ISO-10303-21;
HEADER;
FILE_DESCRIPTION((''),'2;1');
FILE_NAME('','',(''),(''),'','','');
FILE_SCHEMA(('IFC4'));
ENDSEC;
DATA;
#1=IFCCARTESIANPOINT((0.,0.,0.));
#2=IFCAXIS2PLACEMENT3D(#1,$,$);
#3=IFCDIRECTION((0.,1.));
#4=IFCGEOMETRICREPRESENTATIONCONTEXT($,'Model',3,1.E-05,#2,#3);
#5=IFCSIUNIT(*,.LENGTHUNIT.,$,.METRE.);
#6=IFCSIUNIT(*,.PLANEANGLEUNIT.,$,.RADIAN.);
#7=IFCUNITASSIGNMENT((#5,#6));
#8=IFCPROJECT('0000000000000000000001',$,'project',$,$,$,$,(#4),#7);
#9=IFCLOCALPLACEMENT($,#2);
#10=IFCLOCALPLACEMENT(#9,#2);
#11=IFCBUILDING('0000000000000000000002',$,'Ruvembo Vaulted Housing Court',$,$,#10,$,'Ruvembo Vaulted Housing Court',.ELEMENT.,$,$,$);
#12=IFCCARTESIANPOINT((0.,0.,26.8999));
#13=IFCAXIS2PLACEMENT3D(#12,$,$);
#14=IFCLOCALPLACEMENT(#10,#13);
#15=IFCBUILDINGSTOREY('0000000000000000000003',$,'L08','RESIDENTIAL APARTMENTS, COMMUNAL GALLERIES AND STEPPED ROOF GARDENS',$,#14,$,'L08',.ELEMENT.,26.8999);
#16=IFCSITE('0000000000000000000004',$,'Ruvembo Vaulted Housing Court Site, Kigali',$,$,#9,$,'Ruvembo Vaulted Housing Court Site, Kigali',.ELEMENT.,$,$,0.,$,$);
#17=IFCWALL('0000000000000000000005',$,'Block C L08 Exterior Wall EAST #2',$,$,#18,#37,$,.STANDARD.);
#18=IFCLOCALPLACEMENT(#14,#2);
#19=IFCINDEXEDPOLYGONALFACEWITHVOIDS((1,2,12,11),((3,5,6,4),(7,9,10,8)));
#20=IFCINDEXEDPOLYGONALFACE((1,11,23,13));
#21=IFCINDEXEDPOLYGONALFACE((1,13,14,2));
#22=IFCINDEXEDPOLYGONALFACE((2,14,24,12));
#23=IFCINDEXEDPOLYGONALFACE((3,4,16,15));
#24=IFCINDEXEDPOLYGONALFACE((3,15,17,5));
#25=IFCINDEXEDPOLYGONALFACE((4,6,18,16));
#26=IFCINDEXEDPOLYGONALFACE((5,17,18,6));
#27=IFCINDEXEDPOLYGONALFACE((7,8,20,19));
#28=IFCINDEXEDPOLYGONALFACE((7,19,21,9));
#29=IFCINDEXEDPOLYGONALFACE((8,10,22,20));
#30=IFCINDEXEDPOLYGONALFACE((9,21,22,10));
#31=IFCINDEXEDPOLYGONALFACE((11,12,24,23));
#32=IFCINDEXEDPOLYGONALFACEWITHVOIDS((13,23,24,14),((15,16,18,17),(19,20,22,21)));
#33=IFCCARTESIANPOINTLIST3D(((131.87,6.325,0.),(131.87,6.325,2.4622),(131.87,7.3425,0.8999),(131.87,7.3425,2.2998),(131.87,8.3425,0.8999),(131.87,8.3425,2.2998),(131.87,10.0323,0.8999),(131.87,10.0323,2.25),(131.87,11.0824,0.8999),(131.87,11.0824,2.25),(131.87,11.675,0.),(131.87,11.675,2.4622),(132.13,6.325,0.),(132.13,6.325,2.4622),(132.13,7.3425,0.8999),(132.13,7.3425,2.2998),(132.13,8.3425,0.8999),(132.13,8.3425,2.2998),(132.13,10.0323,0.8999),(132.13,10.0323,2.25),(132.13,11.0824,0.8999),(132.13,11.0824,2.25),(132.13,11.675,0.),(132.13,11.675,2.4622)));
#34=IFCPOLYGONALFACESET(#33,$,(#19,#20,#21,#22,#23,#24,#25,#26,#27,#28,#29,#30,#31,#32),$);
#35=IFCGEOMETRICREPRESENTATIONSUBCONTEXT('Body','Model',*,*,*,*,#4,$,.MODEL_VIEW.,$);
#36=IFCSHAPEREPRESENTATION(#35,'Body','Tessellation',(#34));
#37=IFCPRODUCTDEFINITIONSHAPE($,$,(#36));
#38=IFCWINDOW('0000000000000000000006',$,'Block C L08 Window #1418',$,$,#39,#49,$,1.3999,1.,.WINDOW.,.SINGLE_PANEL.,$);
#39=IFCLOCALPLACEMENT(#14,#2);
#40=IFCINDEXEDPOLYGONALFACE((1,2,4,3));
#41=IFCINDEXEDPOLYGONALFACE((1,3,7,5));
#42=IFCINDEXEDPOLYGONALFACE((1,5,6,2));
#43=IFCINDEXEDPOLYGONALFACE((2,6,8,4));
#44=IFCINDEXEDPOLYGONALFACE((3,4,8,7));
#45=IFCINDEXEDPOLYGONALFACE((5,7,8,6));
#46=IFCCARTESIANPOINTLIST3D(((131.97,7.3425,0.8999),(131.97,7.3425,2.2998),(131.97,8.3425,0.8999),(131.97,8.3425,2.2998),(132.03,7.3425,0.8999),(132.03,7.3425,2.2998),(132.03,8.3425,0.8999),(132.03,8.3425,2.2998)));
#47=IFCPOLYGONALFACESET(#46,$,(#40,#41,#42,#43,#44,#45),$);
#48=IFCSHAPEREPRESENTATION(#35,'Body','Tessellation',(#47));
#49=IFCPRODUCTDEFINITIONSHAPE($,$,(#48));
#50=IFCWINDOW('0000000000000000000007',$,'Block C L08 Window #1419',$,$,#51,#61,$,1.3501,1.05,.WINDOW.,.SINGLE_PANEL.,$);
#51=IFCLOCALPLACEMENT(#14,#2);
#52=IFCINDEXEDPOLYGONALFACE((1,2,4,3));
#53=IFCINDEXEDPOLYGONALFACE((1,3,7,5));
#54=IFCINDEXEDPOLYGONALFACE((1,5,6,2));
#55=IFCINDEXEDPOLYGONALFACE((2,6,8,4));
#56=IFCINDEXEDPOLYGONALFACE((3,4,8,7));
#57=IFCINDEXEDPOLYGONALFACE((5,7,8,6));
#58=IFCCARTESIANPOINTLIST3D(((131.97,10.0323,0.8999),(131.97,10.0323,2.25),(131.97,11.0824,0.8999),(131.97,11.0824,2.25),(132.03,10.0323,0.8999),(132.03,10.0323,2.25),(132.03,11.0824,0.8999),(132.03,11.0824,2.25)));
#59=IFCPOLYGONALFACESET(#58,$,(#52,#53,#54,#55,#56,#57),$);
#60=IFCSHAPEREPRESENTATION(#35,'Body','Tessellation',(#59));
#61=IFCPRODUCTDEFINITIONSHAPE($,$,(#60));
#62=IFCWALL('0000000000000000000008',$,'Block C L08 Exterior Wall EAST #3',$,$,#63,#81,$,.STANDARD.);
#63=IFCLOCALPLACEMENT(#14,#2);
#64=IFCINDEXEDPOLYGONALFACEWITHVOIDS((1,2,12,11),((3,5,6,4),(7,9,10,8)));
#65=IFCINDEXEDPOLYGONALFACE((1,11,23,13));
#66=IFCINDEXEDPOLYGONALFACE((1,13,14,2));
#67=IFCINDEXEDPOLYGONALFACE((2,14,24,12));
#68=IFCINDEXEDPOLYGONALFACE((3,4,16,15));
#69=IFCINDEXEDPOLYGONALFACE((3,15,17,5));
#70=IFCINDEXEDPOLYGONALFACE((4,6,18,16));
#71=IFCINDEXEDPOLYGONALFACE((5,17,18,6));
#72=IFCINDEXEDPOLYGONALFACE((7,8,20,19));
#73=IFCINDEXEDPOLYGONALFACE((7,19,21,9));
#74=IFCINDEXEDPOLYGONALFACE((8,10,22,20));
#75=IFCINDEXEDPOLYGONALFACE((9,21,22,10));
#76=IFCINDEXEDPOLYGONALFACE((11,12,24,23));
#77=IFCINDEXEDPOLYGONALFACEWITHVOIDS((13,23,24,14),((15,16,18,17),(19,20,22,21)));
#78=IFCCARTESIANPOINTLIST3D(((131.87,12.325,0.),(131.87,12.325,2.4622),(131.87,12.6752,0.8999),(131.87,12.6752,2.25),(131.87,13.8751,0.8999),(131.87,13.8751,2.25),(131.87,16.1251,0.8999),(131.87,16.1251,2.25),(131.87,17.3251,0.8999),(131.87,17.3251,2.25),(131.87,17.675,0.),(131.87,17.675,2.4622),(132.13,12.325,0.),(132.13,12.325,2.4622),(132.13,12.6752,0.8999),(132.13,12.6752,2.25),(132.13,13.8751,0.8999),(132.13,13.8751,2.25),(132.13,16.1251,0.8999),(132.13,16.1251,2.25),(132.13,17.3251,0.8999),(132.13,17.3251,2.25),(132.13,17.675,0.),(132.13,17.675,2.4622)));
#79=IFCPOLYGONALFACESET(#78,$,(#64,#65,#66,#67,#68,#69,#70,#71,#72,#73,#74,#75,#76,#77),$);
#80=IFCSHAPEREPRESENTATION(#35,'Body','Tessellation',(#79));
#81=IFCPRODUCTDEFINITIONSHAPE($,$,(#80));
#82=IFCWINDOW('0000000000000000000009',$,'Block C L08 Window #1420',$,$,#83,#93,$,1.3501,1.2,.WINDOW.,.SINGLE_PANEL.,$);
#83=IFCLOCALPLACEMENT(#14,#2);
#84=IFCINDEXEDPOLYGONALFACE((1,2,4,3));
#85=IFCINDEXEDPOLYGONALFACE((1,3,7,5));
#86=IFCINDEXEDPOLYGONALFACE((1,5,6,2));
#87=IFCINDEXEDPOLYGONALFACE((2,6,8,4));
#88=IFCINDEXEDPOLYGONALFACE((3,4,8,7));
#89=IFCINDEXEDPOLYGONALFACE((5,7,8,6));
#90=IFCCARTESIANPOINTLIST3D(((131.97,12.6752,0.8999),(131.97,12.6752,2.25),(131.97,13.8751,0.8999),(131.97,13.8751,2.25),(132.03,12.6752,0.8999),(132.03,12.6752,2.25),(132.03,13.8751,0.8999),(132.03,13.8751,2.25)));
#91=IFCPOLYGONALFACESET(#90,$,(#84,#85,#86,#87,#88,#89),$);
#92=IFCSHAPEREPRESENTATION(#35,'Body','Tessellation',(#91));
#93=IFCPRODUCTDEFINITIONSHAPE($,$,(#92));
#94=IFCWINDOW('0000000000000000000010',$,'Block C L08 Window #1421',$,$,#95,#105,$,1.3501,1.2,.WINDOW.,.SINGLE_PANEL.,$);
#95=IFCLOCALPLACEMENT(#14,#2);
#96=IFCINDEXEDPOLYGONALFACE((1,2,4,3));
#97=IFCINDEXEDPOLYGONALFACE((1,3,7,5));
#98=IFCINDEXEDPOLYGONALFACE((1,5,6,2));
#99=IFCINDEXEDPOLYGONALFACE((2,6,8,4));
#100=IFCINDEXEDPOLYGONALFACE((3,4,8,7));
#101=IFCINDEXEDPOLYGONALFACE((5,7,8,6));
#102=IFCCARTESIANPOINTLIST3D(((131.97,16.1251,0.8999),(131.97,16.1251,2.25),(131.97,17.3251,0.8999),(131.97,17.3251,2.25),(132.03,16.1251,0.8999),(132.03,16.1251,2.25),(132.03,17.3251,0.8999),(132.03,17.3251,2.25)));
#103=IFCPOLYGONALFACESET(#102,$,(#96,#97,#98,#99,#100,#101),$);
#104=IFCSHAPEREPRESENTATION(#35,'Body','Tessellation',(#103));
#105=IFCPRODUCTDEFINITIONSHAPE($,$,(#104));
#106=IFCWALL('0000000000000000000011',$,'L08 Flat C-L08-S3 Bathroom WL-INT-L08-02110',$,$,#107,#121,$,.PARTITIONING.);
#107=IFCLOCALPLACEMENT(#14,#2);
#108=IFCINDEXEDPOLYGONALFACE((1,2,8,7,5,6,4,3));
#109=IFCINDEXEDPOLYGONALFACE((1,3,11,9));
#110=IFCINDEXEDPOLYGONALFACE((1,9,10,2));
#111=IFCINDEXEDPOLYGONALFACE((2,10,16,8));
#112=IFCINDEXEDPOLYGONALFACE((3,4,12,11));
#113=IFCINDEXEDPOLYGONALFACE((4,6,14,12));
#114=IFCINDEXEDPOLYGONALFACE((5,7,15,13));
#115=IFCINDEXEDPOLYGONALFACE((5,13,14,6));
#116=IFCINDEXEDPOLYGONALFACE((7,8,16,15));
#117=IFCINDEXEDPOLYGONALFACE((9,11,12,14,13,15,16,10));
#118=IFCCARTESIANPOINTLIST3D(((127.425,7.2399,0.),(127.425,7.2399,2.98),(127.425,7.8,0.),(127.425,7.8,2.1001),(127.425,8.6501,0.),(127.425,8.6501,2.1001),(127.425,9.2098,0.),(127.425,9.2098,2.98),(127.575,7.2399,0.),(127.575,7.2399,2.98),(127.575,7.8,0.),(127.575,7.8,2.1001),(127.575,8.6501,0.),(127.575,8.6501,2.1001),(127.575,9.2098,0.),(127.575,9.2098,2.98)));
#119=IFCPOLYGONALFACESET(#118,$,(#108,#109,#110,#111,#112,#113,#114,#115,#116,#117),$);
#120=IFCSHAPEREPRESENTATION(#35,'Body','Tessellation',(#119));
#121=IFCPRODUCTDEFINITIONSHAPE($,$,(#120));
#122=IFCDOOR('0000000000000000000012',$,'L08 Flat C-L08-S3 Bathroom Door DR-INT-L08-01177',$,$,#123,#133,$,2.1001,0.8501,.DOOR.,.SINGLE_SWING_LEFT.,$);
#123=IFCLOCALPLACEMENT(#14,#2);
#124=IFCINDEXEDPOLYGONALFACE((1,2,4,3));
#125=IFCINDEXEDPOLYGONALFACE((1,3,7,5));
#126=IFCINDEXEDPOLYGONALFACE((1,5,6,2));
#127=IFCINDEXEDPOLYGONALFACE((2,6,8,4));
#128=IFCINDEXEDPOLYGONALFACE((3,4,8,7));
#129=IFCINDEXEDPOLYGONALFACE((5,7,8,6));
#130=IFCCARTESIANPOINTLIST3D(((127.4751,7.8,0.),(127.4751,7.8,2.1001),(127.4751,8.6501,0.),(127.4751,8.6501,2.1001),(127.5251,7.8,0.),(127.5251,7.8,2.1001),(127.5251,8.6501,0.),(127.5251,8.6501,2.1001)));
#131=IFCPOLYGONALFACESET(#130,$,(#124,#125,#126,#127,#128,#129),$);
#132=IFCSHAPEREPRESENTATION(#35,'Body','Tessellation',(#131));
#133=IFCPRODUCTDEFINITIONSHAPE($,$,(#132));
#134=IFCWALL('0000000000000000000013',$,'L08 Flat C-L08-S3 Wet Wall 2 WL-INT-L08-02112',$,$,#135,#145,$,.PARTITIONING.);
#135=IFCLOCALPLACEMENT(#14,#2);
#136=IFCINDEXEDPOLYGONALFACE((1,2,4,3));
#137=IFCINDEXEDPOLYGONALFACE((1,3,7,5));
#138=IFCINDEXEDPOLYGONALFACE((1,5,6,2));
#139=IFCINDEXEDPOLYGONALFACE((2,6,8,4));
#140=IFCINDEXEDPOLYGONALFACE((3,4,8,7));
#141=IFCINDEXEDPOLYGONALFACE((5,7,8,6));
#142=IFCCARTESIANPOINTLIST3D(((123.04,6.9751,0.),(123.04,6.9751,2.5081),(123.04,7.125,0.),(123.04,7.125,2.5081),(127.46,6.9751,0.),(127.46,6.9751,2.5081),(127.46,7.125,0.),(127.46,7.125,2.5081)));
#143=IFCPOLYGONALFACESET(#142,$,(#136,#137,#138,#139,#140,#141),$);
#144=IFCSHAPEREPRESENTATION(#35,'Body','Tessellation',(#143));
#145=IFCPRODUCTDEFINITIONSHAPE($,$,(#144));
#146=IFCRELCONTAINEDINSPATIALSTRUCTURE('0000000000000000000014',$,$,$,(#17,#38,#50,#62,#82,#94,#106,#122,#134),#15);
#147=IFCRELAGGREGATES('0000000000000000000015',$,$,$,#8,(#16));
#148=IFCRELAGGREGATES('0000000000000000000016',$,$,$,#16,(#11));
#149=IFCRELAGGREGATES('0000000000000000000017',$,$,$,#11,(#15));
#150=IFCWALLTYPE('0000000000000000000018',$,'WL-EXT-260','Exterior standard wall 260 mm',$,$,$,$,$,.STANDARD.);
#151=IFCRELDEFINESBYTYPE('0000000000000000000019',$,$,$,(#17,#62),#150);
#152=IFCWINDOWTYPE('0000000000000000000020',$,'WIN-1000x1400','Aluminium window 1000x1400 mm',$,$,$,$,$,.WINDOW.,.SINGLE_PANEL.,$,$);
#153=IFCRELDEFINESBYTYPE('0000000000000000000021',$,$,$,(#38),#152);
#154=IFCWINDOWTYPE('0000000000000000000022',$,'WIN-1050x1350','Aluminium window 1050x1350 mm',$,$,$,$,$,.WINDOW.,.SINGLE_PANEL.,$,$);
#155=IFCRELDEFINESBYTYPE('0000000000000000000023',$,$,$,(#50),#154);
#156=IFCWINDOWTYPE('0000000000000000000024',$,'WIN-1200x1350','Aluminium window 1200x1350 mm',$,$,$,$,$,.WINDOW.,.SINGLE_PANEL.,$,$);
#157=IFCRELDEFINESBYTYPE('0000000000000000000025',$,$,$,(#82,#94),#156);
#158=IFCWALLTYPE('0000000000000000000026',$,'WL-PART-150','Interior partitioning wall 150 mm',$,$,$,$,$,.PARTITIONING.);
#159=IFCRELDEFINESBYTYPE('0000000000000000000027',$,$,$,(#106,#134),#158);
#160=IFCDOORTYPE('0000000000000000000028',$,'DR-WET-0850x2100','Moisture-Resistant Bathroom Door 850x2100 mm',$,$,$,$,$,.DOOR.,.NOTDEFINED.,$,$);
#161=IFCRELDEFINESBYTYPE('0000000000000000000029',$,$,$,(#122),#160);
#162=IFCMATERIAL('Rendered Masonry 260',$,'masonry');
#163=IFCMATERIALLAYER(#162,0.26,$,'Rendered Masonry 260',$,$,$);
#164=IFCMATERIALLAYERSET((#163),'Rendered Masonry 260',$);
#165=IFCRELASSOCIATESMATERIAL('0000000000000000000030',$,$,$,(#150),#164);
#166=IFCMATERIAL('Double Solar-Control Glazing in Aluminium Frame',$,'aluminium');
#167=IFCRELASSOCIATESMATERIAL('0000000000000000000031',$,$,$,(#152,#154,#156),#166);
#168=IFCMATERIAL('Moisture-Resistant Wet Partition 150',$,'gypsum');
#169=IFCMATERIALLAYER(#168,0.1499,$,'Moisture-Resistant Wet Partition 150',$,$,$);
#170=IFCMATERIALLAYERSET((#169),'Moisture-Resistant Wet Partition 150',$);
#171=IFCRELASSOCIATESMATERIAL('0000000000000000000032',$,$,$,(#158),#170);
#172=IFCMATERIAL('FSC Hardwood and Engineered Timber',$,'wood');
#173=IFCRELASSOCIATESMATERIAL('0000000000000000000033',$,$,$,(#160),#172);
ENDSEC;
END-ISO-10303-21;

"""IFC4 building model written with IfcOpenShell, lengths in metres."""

from ifc_helpers import new_model, si_unit, direction, frame, frame_2d, origin, place, context, subcontext, project, spatial, rectangle, extrude, material, layer, layer_set, type_object, element, fill, save


model = new_model("IFC4")

# Units and contexts
model_context = context("Model", 3, precision=1e-05, world=origin(), true_north=direction((0.0, 1.0)))
body_context = subcontext(model_context, "Body", "Model", "MODEL_VIEW")
ifc_project = project(units=[si_unit("LENGTHUNIT", "METRE"), si_unit("PLANEANGLEUNIT", "RADIAN")], contexts=[model_context])

# Site, building, storey
site_placement = place(None, origin())
site = spatial("IfcSite", under=ifc_project, at=site_placement, Name="Ruvembo Vaulted Housing Court Site, Kigali", LongName="Ruvembo Vaulted Housing Court Site, Kigali", CompositionType="ELEMENT", RefElevation=0.0)
building_placement = place(site_placement, origin())
building = spatial("IfcBuilding", under=site, at=building_placement, Name="Ruvembo Vaulted Housing Court", LongName="Ruvembo Vaulted Housing Court", CompositionType="ELEMENT")
storey_placement = place(building_placement, frame((0.0, 0.0, 26.8999)))
storey = spatial("IfcBuildingStorey", under=building, at=storey_placement, Name="L08", Description="RESIDENTIAL APARTMENTS, COMMUNAL GALLERIES AND STEPPED ROOF GARDENS", LongName="L08", CompositionType="ELEMENT", Elevation=26.8999)

# Shared definitions
ifc_material_1 = material(Name="FSC Hardwood and Engineered Timber", Category="wood")

# Walls, openings, windows
ifc_material_2 = material(Name="Rendered Masonry 260", Category="masonry")
ifc_layer_1 = layer(ifc_material_2, 0.26, Name="Rendered Masonry 260")
ifc_layer_set_1 = layer_set([ifc_layer_1], Name="Rendered Masonry 260")
wall_type_1 = type_object("IfcWallType", Name="WL-EXT-260", Description="Exterior standard wall 260 mm", PredefinedType="STANDARD", material=ifc_layer_set_1)
wall_1_placement = place(storey_placement, frame((132.0, 6.325, 0.0), z_axis=(0.0, 0.0, 1.0), x_axis=(0.0, 1.0, 0.0)))
wall_1 = element("IfcWall", 1, at=wall_1_placement, inside=storey, type_object=wall_type_1, Name="Block C L08 Exterior Wall EAST #2", PredefinedType="STANDARD", context=body_context, shape_type="SweptSolid", body=[
    extrude(rectangle(XDim=5.3501, YDim=0.26, at=frame_2d((2.675, 0.0))), origin(), (0.0, 0.0, 1.0), 2.4622),
])
opening_1_placement = place(wall_1_placement, frame((1.0176, 0.0, 0.8999)))
opening_1 = element("IfcOpeningElement", 2, at=opening_1_placement, cuts=wall_1, PredefinedType="OPENING", context=body_context, shape_type="SweptSolid", body=[
    extrude(rectangle(XDim=1.0, YDim=1.3999, at=frame_2d((0.5, 0.7))), frame((0.0, 0.1399, 0.0), z_axis=(0.0, -1.0, 0.0), x_axis=(1.0, 0.0, 0.0)), (0.0, 0.0, 1.0), 0.28),
])
opening_2_placement = place(wall_1_placement, frame((3.7075, 0.0, 0.8999)))
opening_2 = element("IfcOpeningElement", 3, at=opening_2_placement, cuts=wall_1, PredefinedType="OPENING", context=body_context, shape_type="SweptSolid", body=[
    extrude(rectangle(XDim=1.05, YDim=1.3501, at=frame_2d((0.5249, 0.675))), frame((0.0, 0.1399, 0.0), z_axis=(0.0, -1.0, 0.0), x_axis=(1.0, 0.0, 0.0)), (0.0, 0.0, 1.0), 0.28),
])
ifc_material_3 = material(Name="Double Solar-Control Glazing in Aluminium Frame", Category="aluminium")
window_type_1 = type_object("IfcWindowType", Name="WIN-1000x1400", Description="Aluminium window 1000x1400 mm", PartitioningType="SINGLE_PANEL", PredefinedType="WINDOW", material=ifc_material_3)
window_1_placement = place(opening_1_placement, origin())
window_1 = element("IfcWindow", 4, at=window_1_placement, inside=storey, type_object=window_type_1, Name="Block C L08 Window #1418", OverallHeight=1.3999, OverallWidth=1.0, PartitioningType="SINGLE_PANEL", PredefinedType="WINDOW", context=body_context, shape_type="SweptSolid", body=[
    extrude(rectangle(XDim=1.0, YDim=1.3999, at=frame_2d((0.5, 0.7))), frame((0.0, 0.03, 0.0), z_axis=(0.0, -1.0, 0.0), x_axis=(1.0, 0.0, 0.0)), (0.0, 0.0, 1.0), 0.0601),
])
fill(opening_1, window_1)
window_type_2 = type_object("IfcWindowType", Name="WIN-1050x1350", Description="Aluminium window 1050x1350 mm", PartitioningType="SINGLE_PANEL", PredefinedType="WINDOW", material=ifc_material_3)
window_2_placement = place(opening_2_placement, origin())
window_2 = element("IfcWindow", 5, at=window_2_placement, inside=storey, type_object=window_type_2, Name="Block C L08 Window #1419", OverallHeight=1.3501, OverallWidth=1.05, PartitioningType="SINGLE_PANEL", PredefinedType="WINDOW", context=body_context, shape_type="SweptSolid", body=[
    extrude(rectangle(XDim=1.05, YDim=1.3501, at=frame_2d((0.5249, 0.675))), frame((0.0, 0.03, 0.0), z_axis=(0.0, -1.0, 0.0), x_axis=(1.0, 0.0, 0.0)), (0.0, 0.0, 1.0), 0.0601),
])
fill(opening_2, window_2)
wall_2_placement = place(storey_placement, frame((132.0, 12.325, 0.0), z_axis=(0.0, 0.0, 1.0), x_axis=(0.0, 1.0, 0.0)))
wall_2 = element("IfcWall", 6, at=wall_2_placement, inside=storey, type_object=wall_type_1, Name="Block C L08 Exterior Wall EAST #3", PredefinedType="STANDARD", context=body_context, shape_type="SweptSolid", body=[
    extrude(rectangle(XDim=5.3501, YDim=0.26, at=frame_2d((2.675, 0.0))), origin(), (0.0, 0.0, 1.0), 2.4622),
])
opening_3_placement = place(wall_2_placement, frame((0.3501, 0.0, 0.8999)))
opening_3 = element("IfcOpeningElement", 7, at=opening_3_placement, cuts=wall_2, PredefinedType="OPENING", context=body_context, shape_type="SweptSolid", body=[
    extrude(rectangle(XDim=1.2, YDim=1.3501, at=frame_2d((0.6001, 0.675))), frame((0.0, 0.1399, 0.0), z_axis=(0.0, -1.0, 0.0), x_axis=(1.0, 0.0, 0.0)), (0.0, 0.0, 1.0), 0.28),
])
opening_4_placement = place(wall_2_placement, frame((3.8, 0.0, 0.8999)))
opening_4 = element("IfcOpeningElement", 8, at=opening_4_placement, cuts=wall_2, PredefinedType="OPENING", context=body_context, shape_type="SweptSolid", body=[
    extrude(rectangle(XDim=1.2, YDim=1.3501, at=frame_2d((0.6001, 0.675))), frame((0.0, 0.1399, 0.0), z_axis=(0.0, -1.0, 0.0), x_axis=(1.0, 0.0, 0.0)), (0.0, 0.0, 1.0), 0.28),
])
window_type_3 = type_object("IfcWindowType", Name="WIN-1200x1350", Description="Aluminium window 1200x1350 mm", PartitioningType="SINGLE_PANEL", PredefinedType="WINDOW", material=ifc_material_3)
window_3_placement = place(opening_3_placement, origin())
window_3 = element("IfcWindow", 9, at=window_3_placement, inside=storey, type_object=window_type_3, Name="Block C L08 Window #1420", OverallHeight=1.3501, OverallWidth=1.2, PartitioningType="SINGLE_PANEL", PredefinedType="WINDOW", context=body_context, shape_type="SweptSolid", body=[
    extrude(rectangle(XDim=1.2, YDim=1.3501, at=frame_2d((0.6001, 0.675))), frame((0.0, 0.03, 0.0), z_axis=(0.0, -1.0, 0.0), x_axis=(1.0, 0.0, 0.0)), (0.0, 0.0, 1.0), 0.0601),
])
fill(opening_3, window_3)
window_4_placement = place(opening_4_placement, origin())
window_4 = element("IfcWindow", 10, at=window_4_placement, inside=storey, type_object=window_type_3, Name="Block C L08 Window #1421", OverallHeight=1.3501, OverallWidth=1.2, PartitioningType="SINGLE_PANEL", PredefinedType="WINDOW", context=body_context, shape_type="SweptSolid", body=[
    extrude(rectangle(XDim=1.2, YDim=1.3501, at=frame_2d((0.6001, 0.675))), frame((0.0, 0.03, 0.0), z_axis=(0.0, -1.0, 0.0), x_axis=(1.0, 0.0, 0.0)), (0.0, 0.0, 1.0), 0.0601),
])
fill(opening_4, window_4)

# Wall, opening, door
ifc_material_4 = material(Name="Moisture-Resistant Wet Partition 150", Category="gypsum")
ifc_layer_2 = layer(ifc_material_4, 0.1499, Name="Moisture-Resistant Wet Partition 150")
ifc_layer_set_2 = layer_set([ifc_layer_2], Name="Moisture-Resistant Wet Partition 150")
wall_type_2 = type_object("IfcWallType", Name="WL-PART-150", Description="Interior partitioning wall 150 mm", PredefinedType="PARTITIONING", material=ifc_layer_set_2)
wall_3_placement = place(storey_placement, frame((127.5, 7.24, 0.0), z_axis=(0.0, 0.0, 1.0), x_axis=(0.0, 1.0, 0.0)))
wall_3 = element("IfcWall", 11, at=wall_3_placement, inside=storey, type_object=wall_type_2, Name="L08 Flat C-L08-S3 Bathroom WL-INT-L08-02110", PredefinedType="PARTITIONING", context=body_context, shape_type="SweptSolid", body=[
    extrude(rectangle(XDim=1.97, YDim=0.1499, at=frame_2d((0.9849, 0.0))), origin(), (0.0, 0.0, 1.0), 2.98),
])
opening_5_placement = place(wall_3_placement, frame((0.5601, 0.0, 0.0)))
opening_5 = element("IfcOpeningElement", 12, at=opening_5_placement, cuts=wall_3, PredefinedType="OPENING", context=body_context, shape_type="SweptSolid", body=[
    extrude(rectangle(XDim=0.8501, YDim=2.1001, at=frame_2d((0.425, 1.05))), frame((0.0, 0.085, 0.0), z_axis=(0.0, -1.0, 0.0), x_axis=(1.0, 0.0, 0.0)), (0.0, 0.0, 1.0), 0.1699),
])
door_type_1 = type_object("IfcDoorType", Name="DR-WET-0850x2100", Description="Moisture-Resistant Bathroom Door 850x2100 mm", OperationType="NOTDEFINED", PredefinedType="DOOR", material=ifc_material_1)
door_1_placement = place(opening_5_placement, origin())
door_1 = element("IfcDoor", 13, at=door_1_placement, inside=storey, type_object=door_type_1, Name="L08 Flat C-L08-S3 Bathroom Door DR-INT-L08-01177", OperationType="SINGLE_SWING_LEFT", OverallHeight=2.1001, OverallWidth=0.8501, PredefinedType="DOOR", context=body_context, shape_type="SweptSolid", body=[
    extrude(rectangle(XDim=0.8501, YDim=2.1001, at=frame_2d((0.425, 1.05))), frame((0.0, 0.0249, 0.0), z_axis=(0.0, -1.0, 0.0), x_axis=(1.0, 0.0, 0.0)), (0.0, 0.0, 1.0), 0.05),
])
fill(opening_5, door_1)

# Wall
wall_4_placement = place(storey_placement, frame((123.04, 7.05, 0.0), z_axis=(0.0, 0.0, 1.0), x_axis=(1.0, 0.0, 0.0)))
element("IfcWall", 14, at=wall_4_placement, inside=storey, type_object=wall_type_2, Name="L08 Flat C-L08-S3 Wet Wall 2 WL-INT-L08-02112", PredefinedType="PARTITIONING", context=body_context, shape_type="SweptSolid", body=[
    extrude(rectangle(XDim=4.4199, YDim=0.1499, at=frame_2d((2.21, 0.0))), origin(), (0.0, 0.0, 1.0), 2.5081),
])

save(model, "model.ifc")
